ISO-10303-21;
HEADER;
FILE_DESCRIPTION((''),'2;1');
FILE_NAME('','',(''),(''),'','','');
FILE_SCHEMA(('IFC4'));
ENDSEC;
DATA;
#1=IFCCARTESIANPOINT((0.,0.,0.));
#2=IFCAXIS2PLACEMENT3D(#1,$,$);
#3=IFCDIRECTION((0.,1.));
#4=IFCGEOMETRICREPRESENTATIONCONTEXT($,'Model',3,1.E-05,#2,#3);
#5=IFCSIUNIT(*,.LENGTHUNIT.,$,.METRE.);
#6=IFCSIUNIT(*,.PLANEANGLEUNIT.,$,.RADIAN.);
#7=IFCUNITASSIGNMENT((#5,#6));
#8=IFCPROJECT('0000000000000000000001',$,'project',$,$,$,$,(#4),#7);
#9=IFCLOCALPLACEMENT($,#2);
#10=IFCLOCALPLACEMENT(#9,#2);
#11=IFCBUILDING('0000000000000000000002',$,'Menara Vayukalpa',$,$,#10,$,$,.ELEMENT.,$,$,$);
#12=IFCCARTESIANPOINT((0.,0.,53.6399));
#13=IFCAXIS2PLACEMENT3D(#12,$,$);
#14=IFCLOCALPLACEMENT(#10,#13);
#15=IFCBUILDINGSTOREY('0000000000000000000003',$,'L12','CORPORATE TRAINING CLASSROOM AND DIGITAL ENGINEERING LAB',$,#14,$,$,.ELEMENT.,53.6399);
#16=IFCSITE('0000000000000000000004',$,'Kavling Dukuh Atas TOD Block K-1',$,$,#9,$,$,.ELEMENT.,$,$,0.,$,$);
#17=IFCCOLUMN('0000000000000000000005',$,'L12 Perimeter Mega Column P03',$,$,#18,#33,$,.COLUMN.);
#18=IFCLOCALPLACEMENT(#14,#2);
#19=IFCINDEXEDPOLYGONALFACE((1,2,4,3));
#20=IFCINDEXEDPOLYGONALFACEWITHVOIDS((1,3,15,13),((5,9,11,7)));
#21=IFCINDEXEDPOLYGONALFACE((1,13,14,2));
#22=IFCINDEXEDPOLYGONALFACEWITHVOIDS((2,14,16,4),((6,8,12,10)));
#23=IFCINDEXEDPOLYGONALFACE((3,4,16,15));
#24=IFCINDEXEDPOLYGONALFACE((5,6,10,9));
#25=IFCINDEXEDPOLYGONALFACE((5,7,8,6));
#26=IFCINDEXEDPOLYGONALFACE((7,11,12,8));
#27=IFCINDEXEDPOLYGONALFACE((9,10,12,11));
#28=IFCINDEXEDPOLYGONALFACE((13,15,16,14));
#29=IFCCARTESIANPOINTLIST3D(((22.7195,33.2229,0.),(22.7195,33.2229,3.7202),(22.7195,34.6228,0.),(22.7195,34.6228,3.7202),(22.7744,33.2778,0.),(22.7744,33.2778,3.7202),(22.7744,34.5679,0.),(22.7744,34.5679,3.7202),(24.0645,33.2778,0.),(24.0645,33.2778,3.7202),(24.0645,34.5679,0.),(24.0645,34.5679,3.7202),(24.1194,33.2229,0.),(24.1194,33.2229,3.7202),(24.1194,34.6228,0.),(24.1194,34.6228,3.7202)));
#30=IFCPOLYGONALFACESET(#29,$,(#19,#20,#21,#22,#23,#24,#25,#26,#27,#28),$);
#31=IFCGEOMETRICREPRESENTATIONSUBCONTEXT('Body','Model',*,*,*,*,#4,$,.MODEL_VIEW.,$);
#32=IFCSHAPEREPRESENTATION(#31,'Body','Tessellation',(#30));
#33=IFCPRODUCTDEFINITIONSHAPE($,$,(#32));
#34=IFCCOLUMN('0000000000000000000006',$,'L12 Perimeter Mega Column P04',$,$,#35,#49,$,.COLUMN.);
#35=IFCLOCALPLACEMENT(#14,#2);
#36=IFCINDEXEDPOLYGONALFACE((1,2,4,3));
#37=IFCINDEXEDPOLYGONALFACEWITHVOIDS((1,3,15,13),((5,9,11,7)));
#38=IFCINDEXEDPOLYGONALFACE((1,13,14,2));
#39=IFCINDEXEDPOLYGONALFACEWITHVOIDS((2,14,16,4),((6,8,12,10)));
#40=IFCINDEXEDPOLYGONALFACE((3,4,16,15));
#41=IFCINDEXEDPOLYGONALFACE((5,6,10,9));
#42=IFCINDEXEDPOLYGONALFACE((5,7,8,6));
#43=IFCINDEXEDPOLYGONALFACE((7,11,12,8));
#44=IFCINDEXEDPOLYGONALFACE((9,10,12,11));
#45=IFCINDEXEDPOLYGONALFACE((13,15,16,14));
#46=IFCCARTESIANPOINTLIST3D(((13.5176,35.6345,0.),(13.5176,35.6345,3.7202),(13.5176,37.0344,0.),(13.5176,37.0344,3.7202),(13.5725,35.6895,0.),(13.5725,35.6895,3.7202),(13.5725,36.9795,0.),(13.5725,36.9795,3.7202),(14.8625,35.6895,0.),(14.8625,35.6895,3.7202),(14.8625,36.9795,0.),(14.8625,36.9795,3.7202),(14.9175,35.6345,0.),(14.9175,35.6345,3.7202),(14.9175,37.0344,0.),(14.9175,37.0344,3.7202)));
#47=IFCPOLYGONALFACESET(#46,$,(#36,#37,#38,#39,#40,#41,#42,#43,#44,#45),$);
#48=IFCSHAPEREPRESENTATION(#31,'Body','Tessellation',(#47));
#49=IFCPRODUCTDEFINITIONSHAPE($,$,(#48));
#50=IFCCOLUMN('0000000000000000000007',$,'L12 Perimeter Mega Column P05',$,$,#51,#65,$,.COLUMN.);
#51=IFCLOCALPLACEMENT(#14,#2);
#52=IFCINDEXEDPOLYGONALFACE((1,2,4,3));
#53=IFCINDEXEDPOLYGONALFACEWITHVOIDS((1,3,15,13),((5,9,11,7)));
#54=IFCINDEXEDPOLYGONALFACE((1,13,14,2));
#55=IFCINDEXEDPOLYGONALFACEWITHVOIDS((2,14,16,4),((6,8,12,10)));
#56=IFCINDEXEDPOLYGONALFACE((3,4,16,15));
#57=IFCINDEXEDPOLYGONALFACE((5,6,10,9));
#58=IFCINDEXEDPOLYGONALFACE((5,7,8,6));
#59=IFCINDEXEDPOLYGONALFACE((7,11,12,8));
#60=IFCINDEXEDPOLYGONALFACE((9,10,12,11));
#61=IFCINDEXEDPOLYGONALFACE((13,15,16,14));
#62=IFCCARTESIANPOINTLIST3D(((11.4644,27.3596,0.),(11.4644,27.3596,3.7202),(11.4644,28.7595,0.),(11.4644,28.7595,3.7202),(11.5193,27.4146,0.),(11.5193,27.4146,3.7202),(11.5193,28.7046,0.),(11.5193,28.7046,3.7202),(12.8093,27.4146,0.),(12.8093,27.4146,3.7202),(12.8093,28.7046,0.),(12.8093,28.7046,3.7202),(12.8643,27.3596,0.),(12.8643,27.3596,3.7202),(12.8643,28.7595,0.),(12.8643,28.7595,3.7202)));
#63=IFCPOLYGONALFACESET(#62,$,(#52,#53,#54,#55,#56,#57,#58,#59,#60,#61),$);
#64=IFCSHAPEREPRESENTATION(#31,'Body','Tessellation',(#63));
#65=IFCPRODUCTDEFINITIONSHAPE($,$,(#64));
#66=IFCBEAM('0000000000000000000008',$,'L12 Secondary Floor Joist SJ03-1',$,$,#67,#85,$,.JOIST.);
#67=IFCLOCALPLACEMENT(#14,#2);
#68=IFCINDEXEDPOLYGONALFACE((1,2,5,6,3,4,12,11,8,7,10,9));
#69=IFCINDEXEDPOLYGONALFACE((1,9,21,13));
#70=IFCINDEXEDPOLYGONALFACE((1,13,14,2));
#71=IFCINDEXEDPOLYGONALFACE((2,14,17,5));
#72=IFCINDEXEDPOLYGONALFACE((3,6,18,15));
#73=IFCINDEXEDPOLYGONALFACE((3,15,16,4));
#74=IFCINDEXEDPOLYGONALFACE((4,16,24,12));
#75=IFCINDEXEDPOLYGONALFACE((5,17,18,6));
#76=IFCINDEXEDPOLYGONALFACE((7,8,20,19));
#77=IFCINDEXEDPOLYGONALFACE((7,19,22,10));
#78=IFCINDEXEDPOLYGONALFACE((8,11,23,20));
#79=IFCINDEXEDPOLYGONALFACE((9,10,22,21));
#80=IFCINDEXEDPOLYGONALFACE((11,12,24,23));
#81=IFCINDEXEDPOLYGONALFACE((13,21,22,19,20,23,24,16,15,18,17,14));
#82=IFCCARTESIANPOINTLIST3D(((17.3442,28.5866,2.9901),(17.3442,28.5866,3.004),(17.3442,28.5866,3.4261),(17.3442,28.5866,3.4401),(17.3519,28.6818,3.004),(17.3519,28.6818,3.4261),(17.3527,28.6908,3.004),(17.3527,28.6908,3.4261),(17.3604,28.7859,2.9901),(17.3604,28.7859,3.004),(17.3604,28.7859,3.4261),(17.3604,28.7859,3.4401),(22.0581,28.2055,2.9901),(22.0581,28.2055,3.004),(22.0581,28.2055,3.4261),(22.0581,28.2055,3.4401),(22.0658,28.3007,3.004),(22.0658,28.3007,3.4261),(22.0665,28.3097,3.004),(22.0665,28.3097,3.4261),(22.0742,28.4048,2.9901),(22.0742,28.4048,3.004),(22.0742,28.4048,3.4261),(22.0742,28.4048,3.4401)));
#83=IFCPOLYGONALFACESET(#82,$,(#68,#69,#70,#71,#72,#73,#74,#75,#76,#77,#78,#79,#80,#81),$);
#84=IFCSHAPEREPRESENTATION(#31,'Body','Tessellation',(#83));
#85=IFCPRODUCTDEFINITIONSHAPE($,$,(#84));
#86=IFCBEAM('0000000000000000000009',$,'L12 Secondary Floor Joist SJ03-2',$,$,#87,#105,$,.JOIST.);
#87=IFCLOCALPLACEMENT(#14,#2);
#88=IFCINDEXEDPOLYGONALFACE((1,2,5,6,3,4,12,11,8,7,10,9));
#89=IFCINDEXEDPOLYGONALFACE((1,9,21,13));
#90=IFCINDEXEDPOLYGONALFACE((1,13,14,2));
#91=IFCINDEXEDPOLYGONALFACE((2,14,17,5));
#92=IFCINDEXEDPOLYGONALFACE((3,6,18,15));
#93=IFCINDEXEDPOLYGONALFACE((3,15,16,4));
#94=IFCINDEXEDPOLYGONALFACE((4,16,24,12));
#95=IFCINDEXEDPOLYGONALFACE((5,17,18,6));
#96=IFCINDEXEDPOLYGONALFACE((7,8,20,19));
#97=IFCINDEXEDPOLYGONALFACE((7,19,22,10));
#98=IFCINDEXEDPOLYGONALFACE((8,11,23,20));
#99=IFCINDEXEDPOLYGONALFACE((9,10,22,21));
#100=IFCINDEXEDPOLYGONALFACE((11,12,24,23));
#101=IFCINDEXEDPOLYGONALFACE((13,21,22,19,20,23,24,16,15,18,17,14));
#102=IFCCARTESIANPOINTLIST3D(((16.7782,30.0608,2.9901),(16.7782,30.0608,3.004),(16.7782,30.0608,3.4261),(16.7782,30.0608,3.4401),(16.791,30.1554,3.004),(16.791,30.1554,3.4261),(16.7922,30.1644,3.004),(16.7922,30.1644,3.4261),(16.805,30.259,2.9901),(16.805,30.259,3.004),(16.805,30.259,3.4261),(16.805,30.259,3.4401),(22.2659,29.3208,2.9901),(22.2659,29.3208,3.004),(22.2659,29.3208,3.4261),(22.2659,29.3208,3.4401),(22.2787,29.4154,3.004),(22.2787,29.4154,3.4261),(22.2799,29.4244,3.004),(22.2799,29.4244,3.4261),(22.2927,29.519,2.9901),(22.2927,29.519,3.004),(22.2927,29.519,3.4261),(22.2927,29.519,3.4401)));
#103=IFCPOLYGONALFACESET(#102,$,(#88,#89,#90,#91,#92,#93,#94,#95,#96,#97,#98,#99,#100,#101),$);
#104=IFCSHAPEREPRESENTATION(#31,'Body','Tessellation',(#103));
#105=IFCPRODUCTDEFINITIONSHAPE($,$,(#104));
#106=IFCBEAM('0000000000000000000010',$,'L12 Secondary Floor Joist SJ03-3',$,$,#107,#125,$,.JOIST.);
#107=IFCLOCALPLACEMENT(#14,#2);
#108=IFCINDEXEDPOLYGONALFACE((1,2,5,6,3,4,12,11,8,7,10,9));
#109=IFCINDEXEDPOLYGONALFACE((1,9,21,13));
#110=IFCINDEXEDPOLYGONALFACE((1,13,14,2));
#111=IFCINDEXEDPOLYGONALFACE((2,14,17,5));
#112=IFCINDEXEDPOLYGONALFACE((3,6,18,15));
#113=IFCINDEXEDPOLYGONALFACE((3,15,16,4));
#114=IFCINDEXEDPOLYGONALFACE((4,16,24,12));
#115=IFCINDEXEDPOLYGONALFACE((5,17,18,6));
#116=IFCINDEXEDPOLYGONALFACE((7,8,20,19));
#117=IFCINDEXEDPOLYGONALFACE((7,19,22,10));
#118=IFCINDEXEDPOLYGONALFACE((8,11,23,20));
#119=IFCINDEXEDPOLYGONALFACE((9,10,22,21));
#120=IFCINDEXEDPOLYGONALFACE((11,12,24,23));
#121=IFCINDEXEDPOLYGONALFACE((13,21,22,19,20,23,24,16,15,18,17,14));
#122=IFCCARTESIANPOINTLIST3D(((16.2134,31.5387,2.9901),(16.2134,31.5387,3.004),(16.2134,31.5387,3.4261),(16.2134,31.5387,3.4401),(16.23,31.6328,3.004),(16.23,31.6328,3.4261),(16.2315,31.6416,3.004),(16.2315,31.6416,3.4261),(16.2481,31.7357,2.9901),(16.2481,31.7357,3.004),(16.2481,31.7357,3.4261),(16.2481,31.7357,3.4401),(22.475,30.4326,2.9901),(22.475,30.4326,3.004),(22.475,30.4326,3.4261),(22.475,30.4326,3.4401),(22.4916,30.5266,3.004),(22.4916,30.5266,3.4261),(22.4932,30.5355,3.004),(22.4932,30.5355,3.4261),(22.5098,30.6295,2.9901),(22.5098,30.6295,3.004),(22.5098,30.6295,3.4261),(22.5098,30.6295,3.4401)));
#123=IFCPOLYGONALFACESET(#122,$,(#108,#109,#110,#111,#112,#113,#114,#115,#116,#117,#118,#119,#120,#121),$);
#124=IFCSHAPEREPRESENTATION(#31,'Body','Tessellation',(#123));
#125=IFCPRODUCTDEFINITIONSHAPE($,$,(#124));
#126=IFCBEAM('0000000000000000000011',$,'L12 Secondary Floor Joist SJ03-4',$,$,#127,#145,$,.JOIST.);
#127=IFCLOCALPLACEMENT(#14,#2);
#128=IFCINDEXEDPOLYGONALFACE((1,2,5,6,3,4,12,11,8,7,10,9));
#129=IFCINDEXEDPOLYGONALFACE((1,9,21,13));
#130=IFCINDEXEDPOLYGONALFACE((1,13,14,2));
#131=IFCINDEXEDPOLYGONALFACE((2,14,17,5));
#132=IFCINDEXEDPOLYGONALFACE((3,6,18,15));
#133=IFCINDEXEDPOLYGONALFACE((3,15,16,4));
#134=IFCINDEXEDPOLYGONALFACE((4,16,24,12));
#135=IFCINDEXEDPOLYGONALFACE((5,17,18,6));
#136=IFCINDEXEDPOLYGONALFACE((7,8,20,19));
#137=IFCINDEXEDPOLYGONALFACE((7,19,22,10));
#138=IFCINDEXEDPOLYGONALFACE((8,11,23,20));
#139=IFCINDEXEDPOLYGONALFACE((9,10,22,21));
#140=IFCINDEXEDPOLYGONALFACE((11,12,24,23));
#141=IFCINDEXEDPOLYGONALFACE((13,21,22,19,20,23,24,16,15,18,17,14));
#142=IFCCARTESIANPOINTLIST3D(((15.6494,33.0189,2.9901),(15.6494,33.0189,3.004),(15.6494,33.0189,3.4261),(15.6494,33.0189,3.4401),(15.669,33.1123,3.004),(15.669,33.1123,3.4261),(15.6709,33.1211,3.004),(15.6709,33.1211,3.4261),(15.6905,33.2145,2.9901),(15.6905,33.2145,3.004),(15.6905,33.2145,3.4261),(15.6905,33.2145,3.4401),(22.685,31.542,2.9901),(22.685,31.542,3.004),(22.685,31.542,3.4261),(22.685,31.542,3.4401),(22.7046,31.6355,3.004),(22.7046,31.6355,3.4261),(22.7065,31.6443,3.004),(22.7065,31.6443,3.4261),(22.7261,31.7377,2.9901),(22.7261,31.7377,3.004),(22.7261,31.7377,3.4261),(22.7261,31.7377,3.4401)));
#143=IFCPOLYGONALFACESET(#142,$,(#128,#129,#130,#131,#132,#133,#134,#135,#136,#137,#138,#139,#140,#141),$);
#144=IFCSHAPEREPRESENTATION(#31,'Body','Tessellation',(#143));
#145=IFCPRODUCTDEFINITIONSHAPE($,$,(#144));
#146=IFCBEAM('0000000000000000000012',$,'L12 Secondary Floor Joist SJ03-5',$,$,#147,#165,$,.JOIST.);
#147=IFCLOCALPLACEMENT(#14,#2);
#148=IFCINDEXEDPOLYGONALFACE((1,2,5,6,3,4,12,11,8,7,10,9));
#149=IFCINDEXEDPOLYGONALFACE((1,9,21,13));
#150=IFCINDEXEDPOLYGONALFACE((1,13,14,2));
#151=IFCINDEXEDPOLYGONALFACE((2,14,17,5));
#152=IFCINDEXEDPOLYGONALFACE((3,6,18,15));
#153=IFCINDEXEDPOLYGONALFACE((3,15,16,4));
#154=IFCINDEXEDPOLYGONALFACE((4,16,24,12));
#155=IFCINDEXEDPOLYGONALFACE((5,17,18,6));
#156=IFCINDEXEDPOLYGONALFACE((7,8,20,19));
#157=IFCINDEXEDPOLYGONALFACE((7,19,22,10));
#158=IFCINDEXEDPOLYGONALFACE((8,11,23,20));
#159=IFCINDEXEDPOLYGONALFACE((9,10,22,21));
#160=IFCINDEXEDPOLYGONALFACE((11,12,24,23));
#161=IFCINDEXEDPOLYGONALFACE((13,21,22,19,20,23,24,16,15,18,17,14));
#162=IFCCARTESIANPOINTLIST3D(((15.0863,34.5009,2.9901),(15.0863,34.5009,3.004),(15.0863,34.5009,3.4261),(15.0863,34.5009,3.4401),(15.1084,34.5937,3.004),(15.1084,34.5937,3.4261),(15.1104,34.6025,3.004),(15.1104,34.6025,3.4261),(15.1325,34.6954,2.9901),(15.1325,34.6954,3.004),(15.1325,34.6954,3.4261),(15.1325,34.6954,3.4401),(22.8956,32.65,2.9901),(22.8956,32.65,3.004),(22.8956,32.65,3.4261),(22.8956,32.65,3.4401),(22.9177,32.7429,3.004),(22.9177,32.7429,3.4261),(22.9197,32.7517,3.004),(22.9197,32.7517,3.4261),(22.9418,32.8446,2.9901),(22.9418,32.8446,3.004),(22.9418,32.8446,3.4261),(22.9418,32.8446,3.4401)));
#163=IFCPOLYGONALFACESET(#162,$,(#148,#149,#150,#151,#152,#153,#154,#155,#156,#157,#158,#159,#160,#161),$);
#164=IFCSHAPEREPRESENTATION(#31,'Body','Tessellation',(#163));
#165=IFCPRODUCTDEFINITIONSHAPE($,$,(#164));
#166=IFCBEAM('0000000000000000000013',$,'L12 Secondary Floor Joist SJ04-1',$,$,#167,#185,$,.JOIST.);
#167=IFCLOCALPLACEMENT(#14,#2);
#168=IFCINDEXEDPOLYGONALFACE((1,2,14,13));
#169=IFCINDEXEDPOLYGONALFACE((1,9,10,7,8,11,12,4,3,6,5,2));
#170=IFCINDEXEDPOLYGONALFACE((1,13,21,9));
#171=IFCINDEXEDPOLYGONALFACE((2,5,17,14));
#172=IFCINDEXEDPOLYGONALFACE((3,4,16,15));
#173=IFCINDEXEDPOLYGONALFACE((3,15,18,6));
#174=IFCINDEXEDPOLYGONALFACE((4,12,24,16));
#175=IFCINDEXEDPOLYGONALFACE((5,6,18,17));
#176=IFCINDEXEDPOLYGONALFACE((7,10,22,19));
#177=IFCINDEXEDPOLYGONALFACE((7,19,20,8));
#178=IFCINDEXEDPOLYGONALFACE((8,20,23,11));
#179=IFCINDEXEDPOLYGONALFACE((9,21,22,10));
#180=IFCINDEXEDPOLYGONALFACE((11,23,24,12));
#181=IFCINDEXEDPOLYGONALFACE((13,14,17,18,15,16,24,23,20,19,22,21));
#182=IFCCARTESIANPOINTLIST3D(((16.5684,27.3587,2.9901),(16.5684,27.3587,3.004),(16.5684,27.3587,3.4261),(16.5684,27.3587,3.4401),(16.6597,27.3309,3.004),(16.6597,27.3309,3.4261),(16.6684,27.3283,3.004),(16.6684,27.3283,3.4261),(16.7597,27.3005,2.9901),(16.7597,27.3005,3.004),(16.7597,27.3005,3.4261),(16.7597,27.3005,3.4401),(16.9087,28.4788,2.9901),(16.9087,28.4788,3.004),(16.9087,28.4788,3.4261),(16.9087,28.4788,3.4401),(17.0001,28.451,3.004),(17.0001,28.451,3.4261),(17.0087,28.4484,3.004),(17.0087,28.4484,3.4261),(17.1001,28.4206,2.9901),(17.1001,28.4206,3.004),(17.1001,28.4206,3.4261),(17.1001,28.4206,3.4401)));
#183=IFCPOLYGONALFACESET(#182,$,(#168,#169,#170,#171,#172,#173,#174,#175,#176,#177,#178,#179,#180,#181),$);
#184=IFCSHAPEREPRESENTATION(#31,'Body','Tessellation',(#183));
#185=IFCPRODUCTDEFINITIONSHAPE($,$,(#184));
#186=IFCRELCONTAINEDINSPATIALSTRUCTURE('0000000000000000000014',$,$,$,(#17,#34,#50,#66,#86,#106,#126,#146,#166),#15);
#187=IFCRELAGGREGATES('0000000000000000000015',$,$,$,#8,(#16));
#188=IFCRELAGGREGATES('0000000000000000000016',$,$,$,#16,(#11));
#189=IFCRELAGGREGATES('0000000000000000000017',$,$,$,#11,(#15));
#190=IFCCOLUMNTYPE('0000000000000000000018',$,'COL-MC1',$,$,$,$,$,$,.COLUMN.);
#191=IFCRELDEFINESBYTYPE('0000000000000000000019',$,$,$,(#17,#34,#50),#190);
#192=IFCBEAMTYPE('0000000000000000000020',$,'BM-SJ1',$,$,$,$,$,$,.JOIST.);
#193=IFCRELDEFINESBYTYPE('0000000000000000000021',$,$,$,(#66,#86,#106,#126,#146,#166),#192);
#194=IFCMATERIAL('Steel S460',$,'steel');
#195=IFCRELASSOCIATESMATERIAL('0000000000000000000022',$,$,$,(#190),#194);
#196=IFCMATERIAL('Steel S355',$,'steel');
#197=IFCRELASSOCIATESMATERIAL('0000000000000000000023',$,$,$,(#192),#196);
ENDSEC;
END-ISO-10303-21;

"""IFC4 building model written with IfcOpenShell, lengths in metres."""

from ifc_helpers import new_model, si_unit, direction, frame, origin, origin_2d, place, context, subcontext, project, spatial, hollow_rectangle, i_section, extrude, material, material_profile, profile_set, type_object, element, save


model = new_model("IFC4")

# Units and contexts
model_context = context("Model", 3, precision=1e-05, world=origin(), true_north=direction((0.0, 1.0)))
body_context = subcontext(model_context, "Body", "Model", "MODEL_VIEW")
ifc_project = project(units=[si_unit("LENGTHUNIT", "METRE"), si_unit("PLANEANGLEUNIT", "RADIAN")], contexts=[model_context])

# Site, building, storey
site_placement = place(None, origin())
site = spatial("IfcSite", under=ifc_project, at=site_placement, Name="Kavling Dukuh Atas TOD Block K-1", CompositionType="ELEMENT", RefElevation=0.0)
building_placement = place(site_placement, origin())
building = spatial("IfcBuilding", under=site, at=building_placement, Name="Menara Vayukalpa", CompositionType="ELEMENT")
storey_placement = place(building_placement, frame((0.0, 0.0, 53.6399)))
storey = spatial("IfcBuildingStorey", under=building, at=storey_placement, Name="L12", Description="CORPORATE TRAINING CLASSROOM AND DIGITAL ENGINEERING LAB", CompositionType="ELEMENT", Elevation=53.6399)

# Columns
ifc_material_1 = material(Name="Steel S460", Category="steel")
ifc_material_profile_1 = material_profile(ifc_material_1, hollow_rectangle(XDim=1.3999, YDim=1.3999, WallThickness=0.0549, at=origin_2d()), Name="BOX 1400x1400x55")
ifc_profile_set_1 = profile_set([ifc_material_profile_1], Name="Steel S460")
column_type = type_object("IfcColumnType", Name="COL-MC1", PredefinedType="COLUMN", material=ifc_profile_set_1)
for number, where, z_axis, x_axis, name in (
    (1, (23.4194, 33.9229, 0.0), (0.0, 0.0, 1.0), (1.0, 0.0, 0.0), "L12 Perimeter Mega Column P03"),
    (2, (14.2175, 36.3345, 0.0), (0.0, 0.0, 1.0), (1.0, 0.0, 0.0), "L12 Perimeter Mega Column P04"),
    (3, (12.1643, 28.0596, 0.0), (0.0, 0.0, 1.0), (1.0, 0.0, 0.0), "L12 Perimeter Mega Column P05"),
):
    element("IfcColumn", number, at=place(storey_placement, frame(where, z_axis=z_axis, x_axis=x_axis)), inside=storey, type_object=column_type, Name=name, PredefinedType="COLUMN", context=body_context, shape_type="SweptSolid", body=[
        extrude(hollow_rectangle(XDim=1.3999, YDim=1.3999, WallThickness=0.0549, at=origin_2d()), origin(), (0.0, 0.0, 1.0), 3.7202),
    ])

# Beams
ifc_material_2 = material(Name="Steel S355", Category="steel")
ifc_material_profile_2 = material_profile(ifc_material_2, i_section(OverallWidth=0.2, OverallDepth=0.45, WebThickness=0.009, FlangeThickness=0.0139, at=origin_2d()), Name="WF 450x200x9x14")
ifc_profile_set_2 = profile_set([ifc_material_profile_2], Name="Steel S355")
beam_type_1 = type_object("IfcBeamType", Name="BM-SJ1", PredefinedType="JOIST", material=ifc_profile_set_2)
beam_1_placement = place(storey_placement, frame((22.0662, 28.3052, 3.2151), z_axis=(-0.996748, 0.080584, 0.0), x_axis=(-0.080584, -0.996748, 0.0)))
element("IfcBeam", 4, at=beam_1_placement, inside=storey, type_object=beam_type_1, Name="L12 Secondary Floor Joist SJ03-1", PredefinedType="JOIST", context=body_context, shape_type="SweptSolid", body=[
    extrude(i_section(OverallWidth=0.2, OverallDepth=0.45, WebThickness=0.009, FlangeThickness=0.0139, at=origin_2d()), origin(), (0.0, 0.0, 1.0), 4.7292),
])
beam_2_placement = place(storey_placement, frame((22.2793, 29.4199, 3.2151), z_axis=(-0.991031, 0.133634, 0.0), x_axis=(-0.133634, -0.991031, 0.0)))
element("IfcBeam", 5, at=beam_2_placement, inside=storey, type_object=beam_type_1, Name="L12 Secondary Floor Joist SJ03-2", PredefinedType="JOIST", context=body_context, shape_type="SweptSolid", body=[
    extrude(i_section(OverallWidth=0.2, OverallDepth=0.45, WebThickness=0.009, FlangeThickness=0.0139, at=origin_2d()), origin(), (0.0, 0.0, 1.0), 5.5374),
])
beam_3_placement = place(storey_placement, frame((22.4924, 30.531, 3.2151), z_axis=(-0.984751, 0.173967, 0.0), x_axis=(-0.173967, -0.984751, 0.0)))
element("IfcBeam", 6, at=beam_3_placement, inside=storey, type_object=beam_type_1, Name="L12 Secondary Floor Joist SJ03-3", PredefinedType="JOIST", context=body_context, shape_type="SweptSolid", body=[
    extrude(i_section(OverallWidth=0.2, OverallDepth=0.45, WebThickness=0.009, FlangeThickness=0.0139, at=origin_2d()), origin(), (0.0, 0.0, 1.0), 6.3586),
])
beam_4_placement = place(storey_placement, frame((22.7056, 31.6399, 3.2151), z_axis=(-0.978672, 0.205427, 0.0), x_axis=(-0.205427, -0.978672, 0.0)))
element("IfcBeam", 7, at=beam_4_placement, inside=storey, type_object=beam_type_1, Name="L12 Secondary Floor Joist SJ03-4", PredefinedType="JOIST", context=body_context, shape_type="SweptSolid", body=[
    extrude(i_section(OverallWidth=0.2, OverallDepth=0.45, WebThickness=0.009, FlangeThickness=0.0139, at=origin_2d()), origin(), (0.0, 0.0, 1.0), 7.189),
])
beam_5_placement = place(storey_placement, frame((22.9187, 32.7473, 3.2151), z_axis=(-0.973045, 0.230614, 0.0), x_axis=(-0.230614, -0.973045, 0.0)))
element("IfcBeam", 8, at=beam_5_placement, inside=storey, type_object=beam_type_1, Name="L12 Secondary Floor Joist SJ03-5", PredefinedType="JOIST", context=body_context, shape_type="SweptSolid", body=[
    extrude(i_section(OverallWidth=0.2, OverallDepth=0.45, WebThickness=0.009, FlangeThickness=0.0139, at=origin_2d()), origin(), (0.0, 0.0, 1.0), 8.0256),
])
beam_6_placement = place(storey_placement, frame((17.0044, 28.4497, 3.2151), z_axis=(-0.290713, -0.95681, 0.0), x_axis=(0.95681, -0.290713, 0.0)))
element("IfcBeam", 9, at=beam_6_placement, inside=storey, type_object=beam_type_1, Name="L12 Secondary Floor Joist SJ04-1", PredefinedType="JOIST", context=body_context, shape_type="SweptSolid", body=[
    extrude(i_section(OverallWidth=0.2, OverallDepth=0.45, WebThickness=0.009, FlangeThickness=0.0139, at=origin_2d()), origin(), (0.0, 0.0, 1.0), 1.1707),
])

save(model, "model.ifc")
